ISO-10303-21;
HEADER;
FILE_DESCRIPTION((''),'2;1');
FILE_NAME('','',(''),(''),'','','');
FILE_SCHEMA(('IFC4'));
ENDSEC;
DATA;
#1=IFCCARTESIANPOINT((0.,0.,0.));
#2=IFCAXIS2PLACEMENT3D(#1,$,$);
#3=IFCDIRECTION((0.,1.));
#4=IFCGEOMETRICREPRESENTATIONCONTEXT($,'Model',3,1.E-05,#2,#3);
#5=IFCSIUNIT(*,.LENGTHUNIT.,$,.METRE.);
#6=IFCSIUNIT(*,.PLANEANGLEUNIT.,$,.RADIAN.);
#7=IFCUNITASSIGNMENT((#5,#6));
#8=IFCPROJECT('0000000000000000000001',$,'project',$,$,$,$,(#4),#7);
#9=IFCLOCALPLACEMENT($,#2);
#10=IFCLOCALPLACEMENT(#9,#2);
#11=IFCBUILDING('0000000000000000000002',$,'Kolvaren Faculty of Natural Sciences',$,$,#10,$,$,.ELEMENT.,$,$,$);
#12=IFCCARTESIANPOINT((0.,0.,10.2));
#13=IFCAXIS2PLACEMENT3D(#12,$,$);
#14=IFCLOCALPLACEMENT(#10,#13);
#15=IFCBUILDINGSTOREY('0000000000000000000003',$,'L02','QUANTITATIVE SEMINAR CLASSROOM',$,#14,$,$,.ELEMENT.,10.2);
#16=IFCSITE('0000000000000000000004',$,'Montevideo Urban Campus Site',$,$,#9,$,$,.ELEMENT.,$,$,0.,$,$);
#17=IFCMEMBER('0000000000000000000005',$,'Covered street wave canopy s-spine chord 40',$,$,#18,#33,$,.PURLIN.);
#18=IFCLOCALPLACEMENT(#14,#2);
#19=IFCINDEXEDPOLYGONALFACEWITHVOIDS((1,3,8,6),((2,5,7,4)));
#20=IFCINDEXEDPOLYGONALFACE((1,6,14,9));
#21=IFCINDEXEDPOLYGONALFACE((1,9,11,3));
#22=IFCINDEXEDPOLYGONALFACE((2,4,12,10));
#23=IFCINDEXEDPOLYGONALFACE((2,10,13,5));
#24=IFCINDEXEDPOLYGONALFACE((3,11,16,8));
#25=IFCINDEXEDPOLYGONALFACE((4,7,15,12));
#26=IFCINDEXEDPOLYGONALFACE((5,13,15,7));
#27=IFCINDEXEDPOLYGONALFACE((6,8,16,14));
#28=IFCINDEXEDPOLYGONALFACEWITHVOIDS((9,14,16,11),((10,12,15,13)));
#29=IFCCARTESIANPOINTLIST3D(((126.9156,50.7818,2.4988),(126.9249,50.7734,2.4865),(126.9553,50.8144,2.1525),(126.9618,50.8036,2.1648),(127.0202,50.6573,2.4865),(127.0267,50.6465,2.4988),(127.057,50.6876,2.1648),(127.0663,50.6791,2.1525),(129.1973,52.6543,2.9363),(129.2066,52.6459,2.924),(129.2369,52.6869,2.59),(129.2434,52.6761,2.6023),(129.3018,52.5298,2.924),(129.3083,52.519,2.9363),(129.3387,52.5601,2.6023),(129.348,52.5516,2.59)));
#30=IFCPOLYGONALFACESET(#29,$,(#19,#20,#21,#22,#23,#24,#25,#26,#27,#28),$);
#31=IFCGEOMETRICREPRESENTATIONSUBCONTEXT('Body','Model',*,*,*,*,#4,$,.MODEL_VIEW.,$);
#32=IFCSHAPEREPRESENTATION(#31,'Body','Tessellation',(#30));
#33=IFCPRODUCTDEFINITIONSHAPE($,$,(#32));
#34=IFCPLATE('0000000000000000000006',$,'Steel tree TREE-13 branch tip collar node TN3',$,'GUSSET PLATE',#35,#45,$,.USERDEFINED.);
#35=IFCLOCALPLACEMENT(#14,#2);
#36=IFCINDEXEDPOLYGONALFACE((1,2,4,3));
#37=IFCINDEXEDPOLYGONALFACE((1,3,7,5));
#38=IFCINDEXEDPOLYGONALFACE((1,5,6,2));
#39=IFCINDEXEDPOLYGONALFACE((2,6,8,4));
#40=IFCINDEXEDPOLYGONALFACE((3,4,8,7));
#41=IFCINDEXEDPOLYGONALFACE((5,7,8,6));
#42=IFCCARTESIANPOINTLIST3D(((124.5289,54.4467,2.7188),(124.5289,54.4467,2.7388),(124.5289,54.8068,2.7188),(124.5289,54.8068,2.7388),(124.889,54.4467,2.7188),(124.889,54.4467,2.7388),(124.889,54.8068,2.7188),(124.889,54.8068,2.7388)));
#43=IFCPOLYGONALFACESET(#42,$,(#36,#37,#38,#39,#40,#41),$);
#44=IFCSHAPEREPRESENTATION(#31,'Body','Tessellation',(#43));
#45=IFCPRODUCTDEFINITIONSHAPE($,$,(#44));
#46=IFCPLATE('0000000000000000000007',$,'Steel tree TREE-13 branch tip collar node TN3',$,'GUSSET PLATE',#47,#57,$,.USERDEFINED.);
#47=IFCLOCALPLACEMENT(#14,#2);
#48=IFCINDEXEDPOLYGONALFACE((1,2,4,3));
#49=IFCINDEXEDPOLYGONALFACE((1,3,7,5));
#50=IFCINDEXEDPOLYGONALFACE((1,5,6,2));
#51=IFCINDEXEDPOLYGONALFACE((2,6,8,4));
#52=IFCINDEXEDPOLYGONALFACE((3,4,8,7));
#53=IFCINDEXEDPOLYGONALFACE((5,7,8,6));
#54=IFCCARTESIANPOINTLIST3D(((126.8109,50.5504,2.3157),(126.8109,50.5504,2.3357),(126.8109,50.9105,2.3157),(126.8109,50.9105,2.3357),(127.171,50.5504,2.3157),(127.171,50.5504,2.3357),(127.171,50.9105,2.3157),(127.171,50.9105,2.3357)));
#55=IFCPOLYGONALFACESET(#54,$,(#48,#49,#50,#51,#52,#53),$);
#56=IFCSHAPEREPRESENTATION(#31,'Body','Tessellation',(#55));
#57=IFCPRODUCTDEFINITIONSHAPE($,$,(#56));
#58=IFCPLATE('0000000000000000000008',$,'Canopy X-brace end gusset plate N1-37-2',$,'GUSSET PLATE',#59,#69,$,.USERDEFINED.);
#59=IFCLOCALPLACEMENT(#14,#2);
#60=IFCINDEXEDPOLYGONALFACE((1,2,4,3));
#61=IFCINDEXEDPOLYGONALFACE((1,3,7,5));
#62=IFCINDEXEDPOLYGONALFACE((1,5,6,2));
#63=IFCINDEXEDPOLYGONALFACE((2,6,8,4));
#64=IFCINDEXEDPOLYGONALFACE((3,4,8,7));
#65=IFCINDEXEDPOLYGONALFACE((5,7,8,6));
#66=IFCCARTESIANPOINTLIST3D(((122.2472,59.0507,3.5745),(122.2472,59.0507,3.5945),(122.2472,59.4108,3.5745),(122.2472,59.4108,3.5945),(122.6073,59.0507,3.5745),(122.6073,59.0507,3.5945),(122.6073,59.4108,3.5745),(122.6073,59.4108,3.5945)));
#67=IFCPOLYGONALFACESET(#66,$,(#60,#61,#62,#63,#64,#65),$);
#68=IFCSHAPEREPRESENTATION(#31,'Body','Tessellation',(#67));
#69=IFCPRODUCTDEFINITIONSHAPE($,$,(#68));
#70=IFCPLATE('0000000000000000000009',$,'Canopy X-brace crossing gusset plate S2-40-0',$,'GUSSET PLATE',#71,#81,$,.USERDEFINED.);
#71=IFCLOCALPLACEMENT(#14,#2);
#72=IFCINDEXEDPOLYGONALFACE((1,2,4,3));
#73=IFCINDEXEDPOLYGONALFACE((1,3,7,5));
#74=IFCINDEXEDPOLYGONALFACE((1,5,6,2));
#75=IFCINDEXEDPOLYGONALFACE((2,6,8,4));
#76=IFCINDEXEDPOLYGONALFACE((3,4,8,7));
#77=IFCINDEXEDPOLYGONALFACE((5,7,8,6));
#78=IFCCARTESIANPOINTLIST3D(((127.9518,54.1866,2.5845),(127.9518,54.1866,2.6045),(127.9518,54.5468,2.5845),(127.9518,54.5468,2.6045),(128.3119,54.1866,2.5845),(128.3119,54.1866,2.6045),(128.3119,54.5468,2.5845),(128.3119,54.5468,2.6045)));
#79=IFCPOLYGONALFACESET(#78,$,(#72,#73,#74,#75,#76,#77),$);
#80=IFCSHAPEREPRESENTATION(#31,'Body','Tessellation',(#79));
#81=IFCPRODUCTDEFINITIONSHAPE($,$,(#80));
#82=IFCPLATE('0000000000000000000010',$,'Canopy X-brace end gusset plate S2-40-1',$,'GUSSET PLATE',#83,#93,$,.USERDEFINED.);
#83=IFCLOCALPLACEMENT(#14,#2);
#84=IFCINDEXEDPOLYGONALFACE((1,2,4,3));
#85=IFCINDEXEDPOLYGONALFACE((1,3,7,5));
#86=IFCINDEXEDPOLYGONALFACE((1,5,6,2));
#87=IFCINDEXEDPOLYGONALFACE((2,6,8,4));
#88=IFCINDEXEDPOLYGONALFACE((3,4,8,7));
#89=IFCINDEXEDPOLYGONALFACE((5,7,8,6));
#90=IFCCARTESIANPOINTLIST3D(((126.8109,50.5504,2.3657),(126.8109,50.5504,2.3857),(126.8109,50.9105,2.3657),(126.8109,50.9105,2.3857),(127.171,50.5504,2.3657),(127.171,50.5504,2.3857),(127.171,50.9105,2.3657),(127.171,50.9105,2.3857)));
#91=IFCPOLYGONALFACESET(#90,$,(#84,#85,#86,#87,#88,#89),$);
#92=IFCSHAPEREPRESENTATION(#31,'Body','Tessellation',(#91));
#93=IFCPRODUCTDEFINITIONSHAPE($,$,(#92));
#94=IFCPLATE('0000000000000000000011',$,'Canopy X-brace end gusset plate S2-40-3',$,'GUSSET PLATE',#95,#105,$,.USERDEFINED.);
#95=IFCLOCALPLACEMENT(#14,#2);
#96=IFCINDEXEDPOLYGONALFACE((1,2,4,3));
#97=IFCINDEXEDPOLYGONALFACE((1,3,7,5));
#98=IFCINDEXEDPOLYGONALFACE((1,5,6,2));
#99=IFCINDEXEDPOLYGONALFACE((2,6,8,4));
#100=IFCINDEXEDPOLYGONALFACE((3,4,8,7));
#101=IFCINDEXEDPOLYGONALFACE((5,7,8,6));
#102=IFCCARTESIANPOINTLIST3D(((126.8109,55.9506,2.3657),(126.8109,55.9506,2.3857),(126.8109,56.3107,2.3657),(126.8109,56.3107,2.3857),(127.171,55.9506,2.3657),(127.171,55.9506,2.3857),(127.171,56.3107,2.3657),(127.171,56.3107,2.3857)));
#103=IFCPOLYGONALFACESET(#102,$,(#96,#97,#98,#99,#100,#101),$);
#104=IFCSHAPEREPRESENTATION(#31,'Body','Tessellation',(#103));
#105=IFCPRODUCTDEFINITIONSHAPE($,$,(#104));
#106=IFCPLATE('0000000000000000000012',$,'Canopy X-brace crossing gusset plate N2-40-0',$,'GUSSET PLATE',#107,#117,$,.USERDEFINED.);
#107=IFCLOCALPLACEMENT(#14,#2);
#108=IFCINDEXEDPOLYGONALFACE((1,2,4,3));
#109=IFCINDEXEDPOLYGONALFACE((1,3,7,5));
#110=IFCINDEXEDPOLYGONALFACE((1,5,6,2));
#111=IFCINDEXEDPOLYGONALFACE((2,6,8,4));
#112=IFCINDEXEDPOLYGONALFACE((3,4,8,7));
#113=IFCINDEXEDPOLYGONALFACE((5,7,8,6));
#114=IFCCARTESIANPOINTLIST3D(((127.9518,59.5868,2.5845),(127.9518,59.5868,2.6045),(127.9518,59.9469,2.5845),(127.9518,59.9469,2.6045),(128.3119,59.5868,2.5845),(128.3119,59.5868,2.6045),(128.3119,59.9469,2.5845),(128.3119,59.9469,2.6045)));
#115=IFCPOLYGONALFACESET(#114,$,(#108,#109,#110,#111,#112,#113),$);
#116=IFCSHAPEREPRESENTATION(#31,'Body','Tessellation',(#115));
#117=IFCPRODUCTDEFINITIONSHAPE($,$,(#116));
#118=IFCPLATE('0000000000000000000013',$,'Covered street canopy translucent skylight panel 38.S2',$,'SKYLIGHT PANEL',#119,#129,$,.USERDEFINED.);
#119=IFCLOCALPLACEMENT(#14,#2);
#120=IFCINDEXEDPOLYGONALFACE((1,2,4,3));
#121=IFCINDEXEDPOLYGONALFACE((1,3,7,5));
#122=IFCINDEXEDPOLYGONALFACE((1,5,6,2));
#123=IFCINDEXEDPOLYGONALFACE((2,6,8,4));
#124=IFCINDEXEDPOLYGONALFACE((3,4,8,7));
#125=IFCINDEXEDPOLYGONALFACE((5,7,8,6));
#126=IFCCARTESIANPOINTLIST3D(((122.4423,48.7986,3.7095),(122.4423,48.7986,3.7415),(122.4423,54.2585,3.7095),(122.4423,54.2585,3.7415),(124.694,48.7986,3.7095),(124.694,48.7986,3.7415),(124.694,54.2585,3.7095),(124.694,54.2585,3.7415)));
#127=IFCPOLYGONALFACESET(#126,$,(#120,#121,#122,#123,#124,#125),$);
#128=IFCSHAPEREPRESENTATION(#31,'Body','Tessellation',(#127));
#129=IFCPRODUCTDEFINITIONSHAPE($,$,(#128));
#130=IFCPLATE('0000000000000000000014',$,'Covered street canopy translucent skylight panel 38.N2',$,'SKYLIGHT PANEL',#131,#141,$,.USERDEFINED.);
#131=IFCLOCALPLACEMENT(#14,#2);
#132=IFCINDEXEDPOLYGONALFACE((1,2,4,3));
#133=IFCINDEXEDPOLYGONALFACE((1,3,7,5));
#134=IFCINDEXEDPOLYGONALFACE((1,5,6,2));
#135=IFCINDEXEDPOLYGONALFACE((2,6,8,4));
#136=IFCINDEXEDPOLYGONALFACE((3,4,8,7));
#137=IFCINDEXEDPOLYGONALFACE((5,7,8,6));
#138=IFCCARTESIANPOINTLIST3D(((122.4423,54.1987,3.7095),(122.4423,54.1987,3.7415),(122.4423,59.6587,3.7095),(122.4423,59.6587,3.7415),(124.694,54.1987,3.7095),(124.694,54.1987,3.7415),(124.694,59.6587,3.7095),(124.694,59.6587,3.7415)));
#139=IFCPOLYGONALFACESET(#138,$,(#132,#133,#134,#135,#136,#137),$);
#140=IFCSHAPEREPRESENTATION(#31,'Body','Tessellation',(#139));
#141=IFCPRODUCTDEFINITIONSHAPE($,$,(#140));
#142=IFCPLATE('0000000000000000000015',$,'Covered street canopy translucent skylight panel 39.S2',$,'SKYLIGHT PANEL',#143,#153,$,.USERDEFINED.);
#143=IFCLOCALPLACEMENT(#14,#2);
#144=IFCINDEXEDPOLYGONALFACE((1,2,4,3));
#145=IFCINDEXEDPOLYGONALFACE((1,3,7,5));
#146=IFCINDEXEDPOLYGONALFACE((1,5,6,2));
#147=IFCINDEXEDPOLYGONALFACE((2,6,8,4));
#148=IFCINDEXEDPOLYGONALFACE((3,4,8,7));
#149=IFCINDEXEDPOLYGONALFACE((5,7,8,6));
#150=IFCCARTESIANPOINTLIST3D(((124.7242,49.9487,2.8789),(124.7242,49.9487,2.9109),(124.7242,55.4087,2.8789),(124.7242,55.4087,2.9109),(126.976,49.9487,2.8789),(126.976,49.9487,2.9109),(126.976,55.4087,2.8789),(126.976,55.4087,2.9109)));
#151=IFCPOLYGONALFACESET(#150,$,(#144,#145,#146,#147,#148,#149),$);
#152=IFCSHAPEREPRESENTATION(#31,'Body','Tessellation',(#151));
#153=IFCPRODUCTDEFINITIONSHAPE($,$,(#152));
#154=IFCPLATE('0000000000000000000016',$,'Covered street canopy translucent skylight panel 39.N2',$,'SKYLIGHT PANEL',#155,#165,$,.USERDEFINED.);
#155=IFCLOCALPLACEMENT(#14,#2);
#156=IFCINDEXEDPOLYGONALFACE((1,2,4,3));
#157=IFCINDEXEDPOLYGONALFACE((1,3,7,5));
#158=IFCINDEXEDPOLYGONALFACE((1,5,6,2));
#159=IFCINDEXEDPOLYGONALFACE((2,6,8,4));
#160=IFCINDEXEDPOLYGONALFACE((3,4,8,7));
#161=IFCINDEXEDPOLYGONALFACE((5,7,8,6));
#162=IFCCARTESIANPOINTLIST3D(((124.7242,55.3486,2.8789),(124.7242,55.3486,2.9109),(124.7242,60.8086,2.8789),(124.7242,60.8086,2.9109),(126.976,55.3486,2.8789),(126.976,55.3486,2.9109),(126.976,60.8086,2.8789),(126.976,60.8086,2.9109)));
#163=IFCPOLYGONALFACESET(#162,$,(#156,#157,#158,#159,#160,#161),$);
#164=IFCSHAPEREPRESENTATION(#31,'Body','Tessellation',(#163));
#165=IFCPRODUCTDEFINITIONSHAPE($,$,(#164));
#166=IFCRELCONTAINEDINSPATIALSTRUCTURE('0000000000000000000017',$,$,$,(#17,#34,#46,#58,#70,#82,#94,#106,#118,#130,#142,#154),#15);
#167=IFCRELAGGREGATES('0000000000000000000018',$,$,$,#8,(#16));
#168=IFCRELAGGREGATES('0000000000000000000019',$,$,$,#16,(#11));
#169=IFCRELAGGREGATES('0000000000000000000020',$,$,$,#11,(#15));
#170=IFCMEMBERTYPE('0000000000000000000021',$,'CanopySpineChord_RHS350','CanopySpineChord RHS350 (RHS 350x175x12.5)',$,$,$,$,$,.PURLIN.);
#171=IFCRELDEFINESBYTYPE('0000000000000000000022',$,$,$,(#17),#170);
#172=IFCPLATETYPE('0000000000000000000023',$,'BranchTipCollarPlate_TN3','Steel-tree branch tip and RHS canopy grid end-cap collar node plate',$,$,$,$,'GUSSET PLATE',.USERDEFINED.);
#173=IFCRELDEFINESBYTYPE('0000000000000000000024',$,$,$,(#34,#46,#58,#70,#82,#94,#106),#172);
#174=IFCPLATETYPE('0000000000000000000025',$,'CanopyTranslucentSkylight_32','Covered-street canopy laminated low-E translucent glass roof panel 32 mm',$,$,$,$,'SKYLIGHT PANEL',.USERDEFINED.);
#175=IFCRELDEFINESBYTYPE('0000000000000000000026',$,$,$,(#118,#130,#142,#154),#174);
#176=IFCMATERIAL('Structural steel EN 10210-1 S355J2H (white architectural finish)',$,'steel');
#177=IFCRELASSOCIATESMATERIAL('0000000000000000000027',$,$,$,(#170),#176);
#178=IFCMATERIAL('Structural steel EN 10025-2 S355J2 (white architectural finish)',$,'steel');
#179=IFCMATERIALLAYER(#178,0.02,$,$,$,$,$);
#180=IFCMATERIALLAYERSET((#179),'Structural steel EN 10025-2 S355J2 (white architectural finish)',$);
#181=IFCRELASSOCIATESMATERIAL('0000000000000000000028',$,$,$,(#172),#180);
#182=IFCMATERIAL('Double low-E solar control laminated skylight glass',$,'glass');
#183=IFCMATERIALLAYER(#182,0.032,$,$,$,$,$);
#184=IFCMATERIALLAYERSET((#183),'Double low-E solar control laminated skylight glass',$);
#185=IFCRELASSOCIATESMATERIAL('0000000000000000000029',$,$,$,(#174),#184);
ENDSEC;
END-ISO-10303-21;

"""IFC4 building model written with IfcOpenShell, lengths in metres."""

from ifc_helpers import new_model, si_unit, direction, frame, origin, origin_2d, place, context, subcontext, project, spatial, rectangle, hollow_rectangle, extrude, material, layer, layer_set, material_profile, profile_set, type_object, element, save


model = new_model("IFC4")

# Units and contexts
model_context = context("Model", 3, precision=1e-05, world=origin(), true_north=direction((0.0, 1.0)))
body_context = subcontext(model_context, "Body", "Model", "MODEL_VIEW")
ifc_project = project(units=[si_unit("LENGTHUNIT", "METRE"), si_unit("PLANEANGLEUNIT", "RADIAN")], contexts=[model_context])

# Site, building, storey
site_placement = place(None, origin())
site = spatial("IfcSite", under=ifc_project, at=site_placement, Name="Montevideo Urban Campus Site", CompositionType="ELEMENT", RefElevation=0.0)
building_placement = place(site_placement, origin())
building = spatial("IfcBuilding", under=site, at=building_placement, Name="Kolvaren Faculty of Natural Sciences", CompositionType="ELEMENT")
storey_placement = place(building_placement, frame((0.0, 0.0, 10.2)))
storey = spatial("IfcBuildingStorey", under=building, at=storey_placement, Name="L02", Description="QUANTITATIVE SEMINAR CLASSROOM", CompositionType="ELEMENT", Elevation=10.2)

# Member
ifc_material_1 = material(Name="Structural steel EN 10210-1 S355J2H (white architectural finish)", Category="steel")
ifc_material_profile_1 = material_profile(ifc_material_1, hollow_rectangle(XDim=0.175, YDim=0.3501, WallThickness=0.0125, at=origin_2d()), Name="RHS 350x175x12.5")
ifc_profile_set_1 = profile_set([ifc_material_profile_1], Name="Structural steel EN 10210-1 S355J2H (white architectural finish)")
member_type_1 = type_object("IfcMemberType", Name="CanopySpineChord_RHS350", Description="CanopySpineChord RHS350 (RHS 350x175x12.5)", PredefinedType="PURLIN", material=ifc_profile_set_1)
member_1_placement = place(storey_placement, frame((126.991, 50.7305, 2.3257), z_axis=(0.76466, 0.627535, 0.146616), x_axis=(-0.63439, 0.773013, 0.0)))
element("IfcMember", 1, at=member_1_placement, inside=storey, type_object=member_type_1, Name="Covered street wave canopy s-spine chord 40", PredefinedType="PURLIN", context=body_context, shape_type="SweptSolid", body=[
    extrude(hollow_rectangle(XDim=0.175, YDim=0.3501, WallThickness=0.0125, at=origin_2d()), origin(), (0.0, 0.0, 1.0), 2.9839),
])

# Plates
ifc_material_2 = material(Name="Structural steel EN 10025-2 S355J2 (white architectural finish)", Category="steel")
ifc_layer_1 = layer(ifc_material_2, 0.02)
ifc_layer_set_1 = layer_set([ifc_layer_1], Name="Structural steel EN 10025-2 S355J2 (white architectural finish)")
plate_type_1 = type_object("IfcPlateType", Name="BranchTipCollarPlate_TN3", Description="Steel-tree branch tip and RHS canopy grid end-cap collar node plate", ElementType="GUSSET PLATE", PredefinedType="USERDEFINED", material=ifc_layer_set_1)
for number, where, z_axis, x_axis, name in (
    (2, (124.709, 54.6267, 2.7188), (0.0, 0.0, 1.0), (1.0, 0.0, 0.0), "Steel tree TREE-13 branch tip collar node TN3"),
    (3, (126.991, 50.7305, 2.3157), (0.0, 0.0, 1.0), (1.0, 0.0, 0.0), "Steel tree TREE-13 branch tip collar node TN3"),
    (4, (122.4272, 59.2307, 3.5745), (0.0, 0.0, 1.0), (1.0, 0.0, 0.0), "Canopy X-brace end gusset plate N1-37-2"),
    (5, (128.1318, 54.3667, 2.5845), (0.0, 0.0, 1.0), (1.0, 0.0, 0.0), "Canopy X-brace crossing gusset plate S2-40-0"),
    (6, (126.991, 50.7305, 2.3657), (0.0, 0.0, 1.0), (1.0, 0.0, 0.0), "Canopy X-brace end gusset plate S2-40-1"),
    (7, (126.991, 56.1306, 2.3657), (0.0, 0.0, 1.0), (1.0, 0.0, 0.0), "Canopy X-brace end gusset plate S2-40-3"),
    (8, (128.1318, 59.7668, 2.5845), (0.0, 0.0, 1.0), (1.0, 0.0, 0.0), "Canopy X-brace crossing gusset plate N2-40-0"),
):
    element("IfcPlate", number, at=place(storey_placement, frame(where, z_axis=z_axis, x_axis=x_axis)), inside=storey, type_object=plate_type_1, Name=name, ObjectType="GUSSET PLATE", PredefinedType="USERDEFINED", context=body_context, shape_type="SweptSolid", body=[
        extrude(rectangle(XDim=0.3601, YDim=0.3601, at=origin_2d()), origin(), (0.0, 0.0, 1.0), 0.02),
    ])
ifc_material_3 = material(Name="Double low-E solar control laminated skylight glass", Category="glass")
ifc_layer_2 = layer(ifc_material_3, 0.032)
ifc_layer_set_2 = layer_set([ifc_layer_2], Name="Double low-E solar control laminated skylight glass")
plate_type_2 = type_object("IfcPlateType", Name="CanopyTranslucentSkylight_32", Description="Covered-street canopy laminated low-E translucent glass roof panel 32 mm", ElementType="SKYLIGHT PANEL", PredefinedType="USERDEFINED", material=ifc_layer_set_2)
for number, where, z_axis, x_axis, name in (
    (9, (123.5681, 51.5286, 3.7095), (0.0, 0.0, 1.0), (1.0, 0.0, 0.0), "Covered street canopy translucent skylight panel 38.S2"),
    (10, (123.5681, 56.9287, 3.7095), (0.0, 0.0, 1.0), (1.0, 0.0, 0.0), "Covered street canopy translucent skylight panel 38.N2"),
    (11, (125.8501, 52.6787, 2.8789), (0.0, 0.0, 1.0), (1.0, 0.0, 0.0), "Covered street canopy translucent skylight panel 39.S2"),
    (12, (125.8501, 58.0786, 2.8789), (0.0, 0.0, 1.0), (1.0, 0.0, 0.0), "Covered street canopy translucent skylight panel 39.N2"),
):
    element("IfcPlate", number, at=place(storey_placement, frame(where, z_axis=z_axis, x_axis=x_axis)), inside=storey, type_object=plate_type_2, Name=name, ObjectType="SKYLIGHT PANEL", PredefinedType="USERDEFINED", context=body_context, shape_type="SweptSolid", body=[
        extrude(rectangle(XDim=2.2517, YDim=5.46, at=origin_2d()), origin(), (0.0, 0.0, 1.0), 0.032),
    ])

save(model, "model.ifc")
